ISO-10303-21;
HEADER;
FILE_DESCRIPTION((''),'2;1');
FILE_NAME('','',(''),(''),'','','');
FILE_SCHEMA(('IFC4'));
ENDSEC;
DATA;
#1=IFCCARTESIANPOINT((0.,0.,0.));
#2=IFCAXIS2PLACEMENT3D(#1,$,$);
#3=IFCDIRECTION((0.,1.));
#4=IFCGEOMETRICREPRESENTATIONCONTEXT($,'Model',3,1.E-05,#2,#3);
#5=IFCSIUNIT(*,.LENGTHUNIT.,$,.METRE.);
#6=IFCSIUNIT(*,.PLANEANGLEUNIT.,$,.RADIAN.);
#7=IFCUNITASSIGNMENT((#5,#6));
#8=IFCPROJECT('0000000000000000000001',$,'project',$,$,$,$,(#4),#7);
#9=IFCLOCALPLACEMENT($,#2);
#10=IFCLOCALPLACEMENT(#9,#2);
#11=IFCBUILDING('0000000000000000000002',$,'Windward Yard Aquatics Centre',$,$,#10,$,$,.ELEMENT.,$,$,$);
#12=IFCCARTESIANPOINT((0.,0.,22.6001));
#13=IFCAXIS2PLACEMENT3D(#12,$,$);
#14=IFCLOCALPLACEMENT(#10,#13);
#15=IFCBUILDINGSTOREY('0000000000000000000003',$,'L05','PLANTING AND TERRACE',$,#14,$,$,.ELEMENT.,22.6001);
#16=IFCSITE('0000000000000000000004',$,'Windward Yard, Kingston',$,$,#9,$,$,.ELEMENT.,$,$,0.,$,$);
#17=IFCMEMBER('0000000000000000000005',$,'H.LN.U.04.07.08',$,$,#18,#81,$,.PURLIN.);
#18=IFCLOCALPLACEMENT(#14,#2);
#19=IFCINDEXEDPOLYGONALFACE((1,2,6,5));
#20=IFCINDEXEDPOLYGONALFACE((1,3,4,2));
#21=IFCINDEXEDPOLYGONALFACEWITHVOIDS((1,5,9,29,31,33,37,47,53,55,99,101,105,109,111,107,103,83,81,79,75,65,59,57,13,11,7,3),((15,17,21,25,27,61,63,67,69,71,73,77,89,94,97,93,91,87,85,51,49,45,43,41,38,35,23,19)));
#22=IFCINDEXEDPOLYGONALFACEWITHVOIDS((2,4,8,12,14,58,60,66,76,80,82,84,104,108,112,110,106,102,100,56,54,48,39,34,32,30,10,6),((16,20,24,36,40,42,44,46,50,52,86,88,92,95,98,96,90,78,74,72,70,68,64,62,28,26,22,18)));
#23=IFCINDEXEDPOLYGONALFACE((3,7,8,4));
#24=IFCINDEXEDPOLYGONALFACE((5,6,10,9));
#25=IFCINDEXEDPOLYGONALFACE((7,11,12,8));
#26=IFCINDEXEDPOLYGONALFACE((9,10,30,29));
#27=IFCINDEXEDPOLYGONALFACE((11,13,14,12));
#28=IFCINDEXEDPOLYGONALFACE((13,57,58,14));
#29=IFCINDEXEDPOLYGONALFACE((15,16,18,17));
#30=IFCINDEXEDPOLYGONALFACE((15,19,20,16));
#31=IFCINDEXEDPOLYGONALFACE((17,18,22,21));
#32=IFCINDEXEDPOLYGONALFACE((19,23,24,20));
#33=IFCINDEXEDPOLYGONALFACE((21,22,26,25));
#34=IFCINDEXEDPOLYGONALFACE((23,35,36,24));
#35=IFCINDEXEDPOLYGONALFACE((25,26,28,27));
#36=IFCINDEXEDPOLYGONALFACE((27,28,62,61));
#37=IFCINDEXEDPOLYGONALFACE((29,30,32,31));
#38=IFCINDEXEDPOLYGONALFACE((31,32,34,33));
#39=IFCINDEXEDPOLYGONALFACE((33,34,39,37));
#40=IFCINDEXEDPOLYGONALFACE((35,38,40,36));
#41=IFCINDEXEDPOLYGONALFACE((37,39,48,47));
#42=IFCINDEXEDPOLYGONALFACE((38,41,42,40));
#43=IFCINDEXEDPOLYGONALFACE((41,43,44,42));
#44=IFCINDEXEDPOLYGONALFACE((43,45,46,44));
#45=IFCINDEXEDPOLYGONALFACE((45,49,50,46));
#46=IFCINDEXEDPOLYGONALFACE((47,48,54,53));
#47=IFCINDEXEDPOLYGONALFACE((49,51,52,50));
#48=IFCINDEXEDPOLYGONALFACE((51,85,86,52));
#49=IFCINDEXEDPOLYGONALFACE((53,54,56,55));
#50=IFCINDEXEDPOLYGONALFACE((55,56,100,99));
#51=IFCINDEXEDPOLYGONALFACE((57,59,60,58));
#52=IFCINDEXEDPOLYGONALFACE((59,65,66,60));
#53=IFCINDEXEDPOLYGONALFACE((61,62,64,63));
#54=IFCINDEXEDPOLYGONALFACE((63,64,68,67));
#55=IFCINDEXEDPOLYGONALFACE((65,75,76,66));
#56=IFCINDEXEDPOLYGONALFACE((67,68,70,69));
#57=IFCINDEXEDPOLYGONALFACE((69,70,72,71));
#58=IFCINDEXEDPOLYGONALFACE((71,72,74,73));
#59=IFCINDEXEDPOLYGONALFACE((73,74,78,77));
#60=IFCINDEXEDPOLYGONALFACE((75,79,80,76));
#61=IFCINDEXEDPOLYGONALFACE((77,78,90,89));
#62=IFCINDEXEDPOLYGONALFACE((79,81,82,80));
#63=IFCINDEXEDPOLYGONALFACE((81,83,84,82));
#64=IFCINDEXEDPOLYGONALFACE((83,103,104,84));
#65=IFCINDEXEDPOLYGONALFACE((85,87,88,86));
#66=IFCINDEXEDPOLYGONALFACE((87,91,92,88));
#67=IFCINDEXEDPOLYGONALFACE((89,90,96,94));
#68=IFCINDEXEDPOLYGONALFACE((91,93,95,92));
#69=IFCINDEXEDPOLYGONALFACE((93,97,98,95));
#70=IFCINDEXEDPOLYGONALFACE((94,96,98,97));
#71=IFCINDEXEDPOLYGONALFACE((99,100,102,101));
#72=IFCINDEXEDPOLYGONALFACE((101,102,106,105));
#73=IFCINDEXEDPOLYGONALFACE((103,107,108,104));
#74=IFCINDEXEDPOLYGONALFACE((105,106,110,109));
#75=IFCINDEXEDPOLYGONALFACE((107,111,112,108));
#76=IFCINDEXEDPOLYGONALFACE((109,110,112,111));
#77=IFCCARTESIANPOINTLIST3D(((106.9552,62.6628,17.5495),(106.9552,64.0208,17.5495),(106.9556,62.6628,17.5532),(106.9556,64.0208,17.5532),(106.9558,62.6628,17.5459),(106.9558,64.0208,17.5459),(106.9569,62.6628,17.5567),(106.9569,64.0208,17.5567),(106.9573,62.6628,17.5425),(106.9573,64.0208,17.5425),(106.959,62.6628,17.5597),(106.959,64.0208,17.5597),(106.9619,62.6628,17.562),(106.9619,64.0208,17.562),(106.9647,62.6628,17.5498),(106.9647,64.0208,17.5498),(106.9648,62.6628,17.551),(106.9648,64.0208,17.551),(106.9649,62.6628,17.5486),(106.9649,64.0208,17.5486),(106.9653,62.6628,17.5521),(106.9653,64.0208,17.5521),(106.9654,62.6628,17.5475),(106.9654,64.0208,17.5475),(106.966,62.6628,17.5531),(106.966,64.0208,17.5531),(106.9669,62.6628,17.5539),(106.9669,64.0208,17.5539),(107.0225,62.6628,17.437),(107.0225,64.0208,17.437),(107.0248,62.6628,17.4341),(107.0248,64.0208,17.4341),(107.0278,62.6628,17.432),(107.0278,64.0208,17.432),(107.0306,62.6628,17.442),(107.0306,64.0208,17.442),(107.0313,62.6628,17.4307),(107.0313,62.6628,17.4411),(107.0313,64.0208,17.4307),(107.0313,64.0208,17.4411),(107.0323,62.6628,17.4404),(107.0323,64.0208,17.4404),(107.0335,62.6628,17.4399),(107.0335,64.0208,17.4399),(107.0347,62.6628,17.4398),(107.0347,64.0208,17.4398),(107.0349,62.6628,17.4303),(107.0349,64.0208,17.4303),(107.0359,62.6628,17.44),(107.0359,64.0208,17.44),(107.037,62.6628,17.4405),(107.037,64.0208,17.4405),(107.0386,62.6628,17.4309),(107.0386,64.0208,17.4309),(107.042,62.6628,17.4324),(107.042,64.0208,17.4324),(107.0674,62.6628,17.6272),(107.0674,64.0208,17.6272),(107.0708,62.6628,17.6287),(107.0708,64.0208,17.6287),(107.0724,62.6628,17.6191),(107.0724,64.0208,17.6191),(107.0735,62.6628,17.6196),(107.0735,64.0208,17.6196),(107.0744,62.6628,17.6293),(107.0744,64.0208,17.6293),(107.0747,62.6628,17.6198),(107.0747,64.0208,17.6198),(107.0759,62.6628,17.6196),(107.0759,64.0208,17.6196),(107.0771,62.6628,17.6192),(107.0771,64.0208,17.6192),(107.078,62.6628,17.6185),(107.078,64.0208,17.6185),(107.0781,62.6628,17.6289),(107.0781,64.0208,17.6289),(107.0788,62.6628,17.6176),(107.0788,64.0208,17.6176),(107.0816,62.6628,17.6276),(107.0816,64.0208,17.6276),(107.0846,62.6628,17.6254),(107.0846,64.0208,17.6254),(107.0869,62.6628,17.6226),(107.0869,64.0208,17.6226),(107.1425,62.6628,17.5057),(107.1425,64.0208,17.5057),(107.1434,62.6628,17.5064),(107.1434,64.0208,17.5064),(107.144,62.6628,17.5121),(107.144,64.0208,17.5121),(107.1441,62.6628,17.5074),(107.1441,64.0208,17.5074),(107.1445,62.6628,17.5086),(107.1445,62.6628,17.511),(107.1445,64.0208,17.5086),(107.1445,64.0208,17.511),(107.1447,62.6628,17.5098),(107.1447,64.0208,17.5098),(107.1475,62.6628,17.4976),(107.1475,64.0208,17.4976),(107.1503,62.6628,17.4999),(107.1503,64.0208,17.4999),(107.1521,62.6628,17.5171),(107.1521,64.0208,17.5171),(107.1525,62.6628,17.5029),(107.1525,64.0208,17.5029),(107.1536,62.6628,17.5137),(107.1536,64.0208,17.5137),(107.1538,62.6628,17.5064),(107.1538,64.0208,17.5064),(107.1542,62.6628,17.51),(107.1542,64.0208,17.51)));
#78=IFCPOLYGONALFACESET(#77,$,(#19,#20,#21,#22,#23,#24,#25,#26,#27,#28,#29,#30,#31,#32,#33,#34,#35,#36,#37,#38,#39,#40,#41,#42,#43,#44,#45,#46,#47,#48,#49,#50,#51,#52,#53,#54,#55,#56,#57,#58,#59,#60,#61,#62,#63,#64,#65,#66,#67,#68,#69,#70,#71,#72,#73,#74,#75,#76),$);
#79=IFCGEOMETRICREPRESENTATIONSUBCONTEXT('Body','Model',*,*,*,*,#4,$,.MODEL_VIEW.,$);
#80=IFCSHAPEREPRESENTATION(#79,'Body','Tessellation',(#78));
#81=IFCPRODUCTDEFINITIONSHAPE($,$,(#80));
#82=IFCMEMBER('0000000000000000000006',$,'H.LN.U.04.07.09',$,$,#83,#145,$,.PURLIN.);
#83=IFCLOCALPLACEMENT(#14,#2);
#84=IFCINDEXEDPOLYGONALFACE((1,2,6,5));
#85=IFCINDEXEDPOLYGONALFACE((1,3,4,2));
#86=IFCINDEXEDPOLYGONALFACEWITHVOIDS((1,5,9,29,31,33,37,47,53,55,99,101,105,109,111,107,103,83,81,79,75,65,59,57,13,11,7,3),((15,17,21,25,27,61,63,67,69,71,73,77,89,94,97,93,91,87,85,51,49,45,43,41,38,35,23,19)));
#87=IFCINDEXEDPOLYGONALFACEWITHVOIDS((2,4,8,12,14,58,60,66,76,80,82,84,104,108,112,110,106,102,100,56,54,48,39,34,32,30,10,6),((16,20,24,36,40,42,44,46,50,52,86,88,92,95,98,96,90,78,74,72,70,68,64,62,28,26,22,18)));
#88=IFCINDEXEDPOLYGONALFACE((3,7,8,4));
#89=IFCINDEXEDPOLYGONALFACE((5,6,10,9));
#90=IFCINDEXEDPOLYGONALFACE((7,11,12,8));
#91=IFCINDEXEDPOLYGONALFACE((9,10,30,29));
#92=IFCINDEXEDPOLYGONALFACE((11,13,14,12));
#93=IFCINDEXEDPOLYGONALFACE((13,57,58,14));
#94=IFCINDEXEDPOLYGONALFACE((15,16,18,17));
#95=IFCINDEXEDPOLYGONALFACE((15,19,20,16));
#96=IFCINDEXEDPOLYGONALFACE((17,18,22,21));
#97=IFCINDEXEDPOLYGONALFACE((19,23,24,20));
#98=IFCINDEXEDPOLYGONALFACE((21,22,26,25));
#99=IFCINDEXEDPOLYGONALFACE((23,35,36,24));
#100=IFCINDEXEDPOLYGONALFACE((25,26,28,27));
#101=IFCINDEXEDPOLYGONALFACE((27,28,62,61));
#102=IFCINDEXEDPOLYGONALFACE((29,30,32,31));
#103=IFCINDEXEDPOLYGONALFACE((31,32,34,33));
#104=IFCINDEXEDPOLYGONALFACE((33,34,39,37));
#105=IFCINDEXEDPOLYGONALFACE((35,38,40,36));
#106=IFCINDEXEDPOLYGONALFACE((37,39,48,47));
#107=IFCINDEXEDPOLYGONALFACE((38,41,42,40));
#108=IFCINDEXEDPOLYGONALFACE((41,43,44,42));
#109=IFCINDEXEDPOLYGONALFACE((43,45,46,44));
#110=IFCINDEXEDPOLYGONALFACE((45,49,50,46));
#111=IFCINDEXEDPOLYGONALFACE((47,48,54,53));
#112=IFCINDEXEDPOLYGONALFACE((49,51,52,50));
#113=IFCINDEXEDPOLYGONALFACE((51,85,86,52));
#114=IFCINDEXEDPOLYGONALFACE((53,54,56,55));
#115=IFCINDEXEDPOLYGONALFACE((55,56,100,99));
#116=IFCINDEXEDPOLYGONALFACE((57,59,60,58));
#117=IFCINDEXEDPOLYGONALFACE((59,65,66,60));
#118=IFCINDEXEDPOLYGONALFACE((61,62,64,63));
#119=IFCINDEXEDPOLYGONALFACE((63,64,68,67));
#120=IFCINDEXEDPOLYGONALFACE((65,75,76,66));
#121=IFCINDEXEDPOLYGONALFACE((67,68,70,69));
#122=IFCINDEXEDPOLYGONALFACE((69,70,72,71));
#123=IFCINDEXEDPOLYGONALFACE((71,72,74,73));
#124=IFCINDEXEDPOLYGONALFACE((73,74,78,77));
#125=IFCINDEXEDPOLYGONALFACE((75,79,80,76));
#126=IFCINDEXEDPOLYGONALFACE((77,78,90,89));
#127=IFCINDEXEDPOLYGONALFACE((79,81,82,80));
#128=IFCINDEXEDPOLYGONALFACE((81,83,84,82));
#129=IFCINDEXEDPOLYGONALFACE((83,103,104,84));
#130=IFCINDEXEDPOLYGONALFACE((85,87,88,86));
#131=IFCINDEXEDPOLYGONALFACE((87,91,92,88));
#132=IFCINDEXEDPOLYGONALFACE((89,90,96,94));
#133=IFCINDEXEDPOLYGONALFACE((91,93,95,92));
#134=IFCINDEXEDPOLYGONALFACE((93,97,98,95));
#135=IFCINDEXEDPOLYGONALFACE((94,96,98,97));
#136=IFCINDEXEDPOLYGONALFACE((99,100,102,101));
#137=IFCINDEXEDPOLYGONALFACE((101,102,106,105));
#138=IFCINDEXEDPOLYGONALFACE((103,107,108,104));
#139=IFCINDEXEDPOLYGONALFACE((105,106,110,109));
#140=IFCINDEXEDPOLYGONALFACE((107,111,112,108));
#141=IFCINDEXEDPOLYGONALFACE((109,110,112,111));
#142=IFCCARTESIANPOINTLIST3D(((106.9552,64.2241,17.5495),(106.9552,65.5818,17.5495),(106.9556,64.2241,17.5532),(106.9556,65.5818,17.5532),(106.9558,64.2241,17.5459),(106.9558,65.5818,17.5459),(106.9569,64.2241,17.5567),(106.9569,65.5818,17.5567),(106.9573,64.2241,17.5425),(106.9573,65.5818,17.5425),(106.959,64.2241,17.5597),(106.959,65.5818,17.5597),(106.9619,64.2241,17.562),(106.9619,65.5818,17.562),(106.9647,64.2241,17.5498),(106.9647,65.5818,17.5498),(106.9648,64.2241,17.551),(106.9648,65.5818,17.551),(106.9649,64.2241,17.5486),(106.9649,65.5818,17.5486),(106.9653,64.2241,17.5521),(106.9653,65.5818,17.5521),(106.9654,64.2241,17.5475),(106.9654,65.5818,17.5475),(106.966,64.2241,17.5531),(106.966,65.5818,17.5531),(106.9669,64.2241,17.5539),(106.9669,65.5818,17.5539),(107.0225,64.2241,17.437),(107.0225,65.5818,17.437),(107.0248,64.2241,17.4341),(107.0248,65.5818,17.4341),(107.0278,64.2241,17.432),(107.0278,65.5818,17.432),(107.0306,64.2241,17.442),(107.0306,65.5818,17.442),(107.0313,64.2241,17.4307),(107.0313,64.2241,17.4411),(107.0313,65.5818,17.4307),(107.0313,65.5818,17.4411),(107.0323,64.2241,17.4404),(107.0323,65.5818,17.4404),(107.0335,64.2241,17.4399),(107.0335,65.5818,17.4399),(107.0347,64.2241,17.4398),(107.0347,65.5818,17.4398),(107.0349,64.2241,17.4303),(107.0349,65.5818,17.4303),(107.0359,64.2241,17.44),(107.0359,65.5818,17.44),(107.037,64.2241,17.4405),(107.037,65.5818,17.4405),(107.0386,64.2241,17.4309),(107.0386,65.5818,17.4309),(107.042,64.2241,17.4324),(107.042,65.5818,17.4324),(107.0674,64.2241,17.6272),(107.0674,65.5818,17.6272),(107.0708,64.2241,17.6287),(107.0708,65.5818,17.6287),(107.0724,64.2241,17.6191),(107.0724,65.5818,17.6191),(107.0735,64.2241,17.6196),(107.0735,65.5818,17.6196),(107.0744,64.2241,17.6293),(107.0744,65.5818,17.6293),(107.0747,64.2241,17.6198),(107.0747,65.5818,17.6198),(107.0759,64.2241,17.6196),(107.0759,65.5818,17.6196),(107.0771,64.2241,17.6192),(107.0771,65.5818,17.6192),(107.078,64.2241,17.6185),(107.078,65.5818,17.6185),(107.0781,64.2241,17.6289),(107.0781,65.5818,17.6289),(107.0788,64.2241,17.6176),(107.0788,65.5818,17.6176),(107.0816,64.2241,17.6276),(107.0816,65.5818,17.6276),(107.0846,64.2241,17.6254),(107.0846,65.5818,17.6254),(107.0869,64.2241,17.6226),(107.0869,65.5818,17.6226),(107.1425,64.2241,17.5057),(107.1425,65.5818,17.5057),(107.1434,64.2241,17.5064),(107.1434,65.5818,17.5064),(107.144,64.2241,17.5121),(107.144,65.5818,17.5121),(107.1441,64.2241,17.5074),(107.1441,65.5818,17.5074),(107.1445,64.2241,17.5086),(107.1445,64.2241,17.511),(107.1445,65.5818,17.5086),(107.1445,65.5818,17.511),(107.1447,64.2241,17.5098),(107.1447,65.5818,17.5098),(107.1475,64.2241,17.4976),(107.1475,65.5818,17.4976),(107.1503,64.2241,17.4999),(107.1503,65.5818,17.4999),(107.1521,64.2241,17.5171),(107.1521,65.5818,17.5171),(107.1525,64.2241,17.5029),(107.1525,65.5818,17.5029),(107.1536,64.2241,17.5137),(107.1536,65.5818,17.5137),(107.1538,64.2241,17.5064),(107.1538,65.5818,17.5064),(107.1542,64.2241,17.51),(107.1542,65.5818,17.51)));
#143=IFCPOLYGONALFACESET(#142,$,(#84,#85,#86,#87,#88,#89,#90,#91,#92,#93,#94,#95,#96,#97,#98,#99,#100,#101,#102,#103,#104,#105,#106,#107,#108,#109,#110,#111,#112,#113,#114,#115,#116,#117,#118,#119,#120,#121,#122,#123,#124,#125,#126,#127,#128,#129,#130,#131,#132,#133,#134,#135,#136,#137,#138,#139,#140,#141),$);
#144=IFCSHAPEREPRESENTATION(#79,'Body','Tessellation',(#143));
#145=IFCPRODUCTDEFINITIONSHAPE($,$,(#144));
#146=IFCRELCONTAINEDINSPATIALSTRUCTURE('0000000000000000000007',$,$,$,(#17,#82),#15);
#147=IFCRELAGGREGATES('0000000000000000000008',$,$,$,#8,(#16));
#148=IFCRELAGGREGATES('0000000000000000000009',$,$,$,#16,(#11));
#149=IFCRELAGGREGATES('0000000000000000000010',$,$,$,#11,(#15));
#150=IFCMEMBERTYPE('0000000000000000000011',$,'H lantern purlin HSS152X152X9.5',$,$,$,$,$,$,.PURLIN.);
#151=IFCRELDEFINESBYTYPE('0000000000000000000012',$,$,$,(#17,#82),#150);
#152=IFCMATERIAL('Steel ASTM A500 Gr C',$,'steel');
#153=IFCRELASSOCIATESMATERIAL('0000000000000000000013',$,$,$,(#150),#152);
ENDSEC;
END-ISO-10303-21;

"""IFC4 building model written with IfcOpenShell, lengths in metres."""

from ifc_helpers import new_model, si_unit, direction, frame, origin, origin_2d, place, context, subcontext, project, spatial, hollow_rectangle, extrude, material, material_profile, profile_set, type_object, element, save


model = new_model("IFC4")

# Units and contexts
model_context = context("Model", 3, precision=1e-05, world=origin(), true_north=direction((0.0, 1.0)))
body_context = subcontext(model_context, "Body", "Model", "MODEL_VIEW")
ifc_project = project(units=[si_unit("LENGTHUNIT", "METRE"), si_unit("PLANEANGLEUNIT", "RADIAN")], contexts=[model_context])

# Site, building, storey
site_placement = place(None, origin())
site = spatial("IfcSite", under=ifc_project, at=site_placement, Name="Windward Yard, Kingston", CompositionType="ELEMENT", RefElevation=0.0)
building_placement = place(site_placement, origin())
building = spatial("IfcBuilding", under=site, at=building_placement, Name="Windward Yard Aquatics Centre", CompositionType="ELEMENT")
storey_placement = place(building_placement, frame((0.0, 0.0, 22.6001)))
storey = spatial("IfcBuildingStorey", under=building, at=storey_placement, Name="L05", Description="PLANTING AND TERRACE", CompositionType="ELEMENT", Elevation=22.6001)

# Members
ifc_material_1 = material(Name="Steel ASTM A500 Gr C", Category="steel")
ifc_material_profile = material_profile(ifc_material_1, hollow_rectangle(XDim=0.1523, YDim=0.1523, WallThickness=0.0095, InnerFilletRadius=0.0046, OuterFilletRadius=0.0142, at=origin_2d()), Name="HSS152X152X9.5")
ifc_profile_set = profile_set([ifc_material_profile], Name="Steel ASTM A500 Gr C")
member_type = type_object("IfcMemberType", Name="H lantern purlin HSS152X152X9.5", PredefinedType="PURLIN", material=ifc_profile_set)
member_1_placement = place(storey_placement, frame((107.0547, 62.6628, 17.5298), z_axis=(0.0, 1.0, 0.0), x_axis=(-0.850755, 0.0, -0.525562)))
element("IfcMember", 1, at=member_1_placement, inside=storey, type_object=member_type, Name="H.LN.U.04.07.08", PredefinedType="PURLIN", context=body_context, shape_type="SweptSolid", body=[
    extrude(hollow_rectangle(XDim=0.1523, YDim=0.1523, WallThickness=0.0095, InnerFilletRadius=0.0046, OuterFilletRadius=0.0142, at=origin_2d()), origin(), (0.0, 0.0, 1.0), 1.3579),
])
member_2_placement = place(storey_placement, frame((107.0547, 64.2241, 17.5298), z_axis=(0.0, 1.0, 0.0), x_axis=(-0.850755, 0.0, -0.525562)))
element("IfcMember", 2, at=member_2_placement, inside=storey, type_object=member_type, Name="H.LN.U.04.07.09", PredefinedType="PURLIN", context=body_context, shape_type="SweptSolid", body=[
    extrude(hollow_rectangle(XDim=0.1523, YDim=0.1523, WallThickness=0.0095, InnerFilletRadius=0.0046, OuterFilletRadius=0.0142, at=origin_2d()), origin(), (0.0, 0.0, 1.0), 1.3577),
])

save(model, "model.ifc")
